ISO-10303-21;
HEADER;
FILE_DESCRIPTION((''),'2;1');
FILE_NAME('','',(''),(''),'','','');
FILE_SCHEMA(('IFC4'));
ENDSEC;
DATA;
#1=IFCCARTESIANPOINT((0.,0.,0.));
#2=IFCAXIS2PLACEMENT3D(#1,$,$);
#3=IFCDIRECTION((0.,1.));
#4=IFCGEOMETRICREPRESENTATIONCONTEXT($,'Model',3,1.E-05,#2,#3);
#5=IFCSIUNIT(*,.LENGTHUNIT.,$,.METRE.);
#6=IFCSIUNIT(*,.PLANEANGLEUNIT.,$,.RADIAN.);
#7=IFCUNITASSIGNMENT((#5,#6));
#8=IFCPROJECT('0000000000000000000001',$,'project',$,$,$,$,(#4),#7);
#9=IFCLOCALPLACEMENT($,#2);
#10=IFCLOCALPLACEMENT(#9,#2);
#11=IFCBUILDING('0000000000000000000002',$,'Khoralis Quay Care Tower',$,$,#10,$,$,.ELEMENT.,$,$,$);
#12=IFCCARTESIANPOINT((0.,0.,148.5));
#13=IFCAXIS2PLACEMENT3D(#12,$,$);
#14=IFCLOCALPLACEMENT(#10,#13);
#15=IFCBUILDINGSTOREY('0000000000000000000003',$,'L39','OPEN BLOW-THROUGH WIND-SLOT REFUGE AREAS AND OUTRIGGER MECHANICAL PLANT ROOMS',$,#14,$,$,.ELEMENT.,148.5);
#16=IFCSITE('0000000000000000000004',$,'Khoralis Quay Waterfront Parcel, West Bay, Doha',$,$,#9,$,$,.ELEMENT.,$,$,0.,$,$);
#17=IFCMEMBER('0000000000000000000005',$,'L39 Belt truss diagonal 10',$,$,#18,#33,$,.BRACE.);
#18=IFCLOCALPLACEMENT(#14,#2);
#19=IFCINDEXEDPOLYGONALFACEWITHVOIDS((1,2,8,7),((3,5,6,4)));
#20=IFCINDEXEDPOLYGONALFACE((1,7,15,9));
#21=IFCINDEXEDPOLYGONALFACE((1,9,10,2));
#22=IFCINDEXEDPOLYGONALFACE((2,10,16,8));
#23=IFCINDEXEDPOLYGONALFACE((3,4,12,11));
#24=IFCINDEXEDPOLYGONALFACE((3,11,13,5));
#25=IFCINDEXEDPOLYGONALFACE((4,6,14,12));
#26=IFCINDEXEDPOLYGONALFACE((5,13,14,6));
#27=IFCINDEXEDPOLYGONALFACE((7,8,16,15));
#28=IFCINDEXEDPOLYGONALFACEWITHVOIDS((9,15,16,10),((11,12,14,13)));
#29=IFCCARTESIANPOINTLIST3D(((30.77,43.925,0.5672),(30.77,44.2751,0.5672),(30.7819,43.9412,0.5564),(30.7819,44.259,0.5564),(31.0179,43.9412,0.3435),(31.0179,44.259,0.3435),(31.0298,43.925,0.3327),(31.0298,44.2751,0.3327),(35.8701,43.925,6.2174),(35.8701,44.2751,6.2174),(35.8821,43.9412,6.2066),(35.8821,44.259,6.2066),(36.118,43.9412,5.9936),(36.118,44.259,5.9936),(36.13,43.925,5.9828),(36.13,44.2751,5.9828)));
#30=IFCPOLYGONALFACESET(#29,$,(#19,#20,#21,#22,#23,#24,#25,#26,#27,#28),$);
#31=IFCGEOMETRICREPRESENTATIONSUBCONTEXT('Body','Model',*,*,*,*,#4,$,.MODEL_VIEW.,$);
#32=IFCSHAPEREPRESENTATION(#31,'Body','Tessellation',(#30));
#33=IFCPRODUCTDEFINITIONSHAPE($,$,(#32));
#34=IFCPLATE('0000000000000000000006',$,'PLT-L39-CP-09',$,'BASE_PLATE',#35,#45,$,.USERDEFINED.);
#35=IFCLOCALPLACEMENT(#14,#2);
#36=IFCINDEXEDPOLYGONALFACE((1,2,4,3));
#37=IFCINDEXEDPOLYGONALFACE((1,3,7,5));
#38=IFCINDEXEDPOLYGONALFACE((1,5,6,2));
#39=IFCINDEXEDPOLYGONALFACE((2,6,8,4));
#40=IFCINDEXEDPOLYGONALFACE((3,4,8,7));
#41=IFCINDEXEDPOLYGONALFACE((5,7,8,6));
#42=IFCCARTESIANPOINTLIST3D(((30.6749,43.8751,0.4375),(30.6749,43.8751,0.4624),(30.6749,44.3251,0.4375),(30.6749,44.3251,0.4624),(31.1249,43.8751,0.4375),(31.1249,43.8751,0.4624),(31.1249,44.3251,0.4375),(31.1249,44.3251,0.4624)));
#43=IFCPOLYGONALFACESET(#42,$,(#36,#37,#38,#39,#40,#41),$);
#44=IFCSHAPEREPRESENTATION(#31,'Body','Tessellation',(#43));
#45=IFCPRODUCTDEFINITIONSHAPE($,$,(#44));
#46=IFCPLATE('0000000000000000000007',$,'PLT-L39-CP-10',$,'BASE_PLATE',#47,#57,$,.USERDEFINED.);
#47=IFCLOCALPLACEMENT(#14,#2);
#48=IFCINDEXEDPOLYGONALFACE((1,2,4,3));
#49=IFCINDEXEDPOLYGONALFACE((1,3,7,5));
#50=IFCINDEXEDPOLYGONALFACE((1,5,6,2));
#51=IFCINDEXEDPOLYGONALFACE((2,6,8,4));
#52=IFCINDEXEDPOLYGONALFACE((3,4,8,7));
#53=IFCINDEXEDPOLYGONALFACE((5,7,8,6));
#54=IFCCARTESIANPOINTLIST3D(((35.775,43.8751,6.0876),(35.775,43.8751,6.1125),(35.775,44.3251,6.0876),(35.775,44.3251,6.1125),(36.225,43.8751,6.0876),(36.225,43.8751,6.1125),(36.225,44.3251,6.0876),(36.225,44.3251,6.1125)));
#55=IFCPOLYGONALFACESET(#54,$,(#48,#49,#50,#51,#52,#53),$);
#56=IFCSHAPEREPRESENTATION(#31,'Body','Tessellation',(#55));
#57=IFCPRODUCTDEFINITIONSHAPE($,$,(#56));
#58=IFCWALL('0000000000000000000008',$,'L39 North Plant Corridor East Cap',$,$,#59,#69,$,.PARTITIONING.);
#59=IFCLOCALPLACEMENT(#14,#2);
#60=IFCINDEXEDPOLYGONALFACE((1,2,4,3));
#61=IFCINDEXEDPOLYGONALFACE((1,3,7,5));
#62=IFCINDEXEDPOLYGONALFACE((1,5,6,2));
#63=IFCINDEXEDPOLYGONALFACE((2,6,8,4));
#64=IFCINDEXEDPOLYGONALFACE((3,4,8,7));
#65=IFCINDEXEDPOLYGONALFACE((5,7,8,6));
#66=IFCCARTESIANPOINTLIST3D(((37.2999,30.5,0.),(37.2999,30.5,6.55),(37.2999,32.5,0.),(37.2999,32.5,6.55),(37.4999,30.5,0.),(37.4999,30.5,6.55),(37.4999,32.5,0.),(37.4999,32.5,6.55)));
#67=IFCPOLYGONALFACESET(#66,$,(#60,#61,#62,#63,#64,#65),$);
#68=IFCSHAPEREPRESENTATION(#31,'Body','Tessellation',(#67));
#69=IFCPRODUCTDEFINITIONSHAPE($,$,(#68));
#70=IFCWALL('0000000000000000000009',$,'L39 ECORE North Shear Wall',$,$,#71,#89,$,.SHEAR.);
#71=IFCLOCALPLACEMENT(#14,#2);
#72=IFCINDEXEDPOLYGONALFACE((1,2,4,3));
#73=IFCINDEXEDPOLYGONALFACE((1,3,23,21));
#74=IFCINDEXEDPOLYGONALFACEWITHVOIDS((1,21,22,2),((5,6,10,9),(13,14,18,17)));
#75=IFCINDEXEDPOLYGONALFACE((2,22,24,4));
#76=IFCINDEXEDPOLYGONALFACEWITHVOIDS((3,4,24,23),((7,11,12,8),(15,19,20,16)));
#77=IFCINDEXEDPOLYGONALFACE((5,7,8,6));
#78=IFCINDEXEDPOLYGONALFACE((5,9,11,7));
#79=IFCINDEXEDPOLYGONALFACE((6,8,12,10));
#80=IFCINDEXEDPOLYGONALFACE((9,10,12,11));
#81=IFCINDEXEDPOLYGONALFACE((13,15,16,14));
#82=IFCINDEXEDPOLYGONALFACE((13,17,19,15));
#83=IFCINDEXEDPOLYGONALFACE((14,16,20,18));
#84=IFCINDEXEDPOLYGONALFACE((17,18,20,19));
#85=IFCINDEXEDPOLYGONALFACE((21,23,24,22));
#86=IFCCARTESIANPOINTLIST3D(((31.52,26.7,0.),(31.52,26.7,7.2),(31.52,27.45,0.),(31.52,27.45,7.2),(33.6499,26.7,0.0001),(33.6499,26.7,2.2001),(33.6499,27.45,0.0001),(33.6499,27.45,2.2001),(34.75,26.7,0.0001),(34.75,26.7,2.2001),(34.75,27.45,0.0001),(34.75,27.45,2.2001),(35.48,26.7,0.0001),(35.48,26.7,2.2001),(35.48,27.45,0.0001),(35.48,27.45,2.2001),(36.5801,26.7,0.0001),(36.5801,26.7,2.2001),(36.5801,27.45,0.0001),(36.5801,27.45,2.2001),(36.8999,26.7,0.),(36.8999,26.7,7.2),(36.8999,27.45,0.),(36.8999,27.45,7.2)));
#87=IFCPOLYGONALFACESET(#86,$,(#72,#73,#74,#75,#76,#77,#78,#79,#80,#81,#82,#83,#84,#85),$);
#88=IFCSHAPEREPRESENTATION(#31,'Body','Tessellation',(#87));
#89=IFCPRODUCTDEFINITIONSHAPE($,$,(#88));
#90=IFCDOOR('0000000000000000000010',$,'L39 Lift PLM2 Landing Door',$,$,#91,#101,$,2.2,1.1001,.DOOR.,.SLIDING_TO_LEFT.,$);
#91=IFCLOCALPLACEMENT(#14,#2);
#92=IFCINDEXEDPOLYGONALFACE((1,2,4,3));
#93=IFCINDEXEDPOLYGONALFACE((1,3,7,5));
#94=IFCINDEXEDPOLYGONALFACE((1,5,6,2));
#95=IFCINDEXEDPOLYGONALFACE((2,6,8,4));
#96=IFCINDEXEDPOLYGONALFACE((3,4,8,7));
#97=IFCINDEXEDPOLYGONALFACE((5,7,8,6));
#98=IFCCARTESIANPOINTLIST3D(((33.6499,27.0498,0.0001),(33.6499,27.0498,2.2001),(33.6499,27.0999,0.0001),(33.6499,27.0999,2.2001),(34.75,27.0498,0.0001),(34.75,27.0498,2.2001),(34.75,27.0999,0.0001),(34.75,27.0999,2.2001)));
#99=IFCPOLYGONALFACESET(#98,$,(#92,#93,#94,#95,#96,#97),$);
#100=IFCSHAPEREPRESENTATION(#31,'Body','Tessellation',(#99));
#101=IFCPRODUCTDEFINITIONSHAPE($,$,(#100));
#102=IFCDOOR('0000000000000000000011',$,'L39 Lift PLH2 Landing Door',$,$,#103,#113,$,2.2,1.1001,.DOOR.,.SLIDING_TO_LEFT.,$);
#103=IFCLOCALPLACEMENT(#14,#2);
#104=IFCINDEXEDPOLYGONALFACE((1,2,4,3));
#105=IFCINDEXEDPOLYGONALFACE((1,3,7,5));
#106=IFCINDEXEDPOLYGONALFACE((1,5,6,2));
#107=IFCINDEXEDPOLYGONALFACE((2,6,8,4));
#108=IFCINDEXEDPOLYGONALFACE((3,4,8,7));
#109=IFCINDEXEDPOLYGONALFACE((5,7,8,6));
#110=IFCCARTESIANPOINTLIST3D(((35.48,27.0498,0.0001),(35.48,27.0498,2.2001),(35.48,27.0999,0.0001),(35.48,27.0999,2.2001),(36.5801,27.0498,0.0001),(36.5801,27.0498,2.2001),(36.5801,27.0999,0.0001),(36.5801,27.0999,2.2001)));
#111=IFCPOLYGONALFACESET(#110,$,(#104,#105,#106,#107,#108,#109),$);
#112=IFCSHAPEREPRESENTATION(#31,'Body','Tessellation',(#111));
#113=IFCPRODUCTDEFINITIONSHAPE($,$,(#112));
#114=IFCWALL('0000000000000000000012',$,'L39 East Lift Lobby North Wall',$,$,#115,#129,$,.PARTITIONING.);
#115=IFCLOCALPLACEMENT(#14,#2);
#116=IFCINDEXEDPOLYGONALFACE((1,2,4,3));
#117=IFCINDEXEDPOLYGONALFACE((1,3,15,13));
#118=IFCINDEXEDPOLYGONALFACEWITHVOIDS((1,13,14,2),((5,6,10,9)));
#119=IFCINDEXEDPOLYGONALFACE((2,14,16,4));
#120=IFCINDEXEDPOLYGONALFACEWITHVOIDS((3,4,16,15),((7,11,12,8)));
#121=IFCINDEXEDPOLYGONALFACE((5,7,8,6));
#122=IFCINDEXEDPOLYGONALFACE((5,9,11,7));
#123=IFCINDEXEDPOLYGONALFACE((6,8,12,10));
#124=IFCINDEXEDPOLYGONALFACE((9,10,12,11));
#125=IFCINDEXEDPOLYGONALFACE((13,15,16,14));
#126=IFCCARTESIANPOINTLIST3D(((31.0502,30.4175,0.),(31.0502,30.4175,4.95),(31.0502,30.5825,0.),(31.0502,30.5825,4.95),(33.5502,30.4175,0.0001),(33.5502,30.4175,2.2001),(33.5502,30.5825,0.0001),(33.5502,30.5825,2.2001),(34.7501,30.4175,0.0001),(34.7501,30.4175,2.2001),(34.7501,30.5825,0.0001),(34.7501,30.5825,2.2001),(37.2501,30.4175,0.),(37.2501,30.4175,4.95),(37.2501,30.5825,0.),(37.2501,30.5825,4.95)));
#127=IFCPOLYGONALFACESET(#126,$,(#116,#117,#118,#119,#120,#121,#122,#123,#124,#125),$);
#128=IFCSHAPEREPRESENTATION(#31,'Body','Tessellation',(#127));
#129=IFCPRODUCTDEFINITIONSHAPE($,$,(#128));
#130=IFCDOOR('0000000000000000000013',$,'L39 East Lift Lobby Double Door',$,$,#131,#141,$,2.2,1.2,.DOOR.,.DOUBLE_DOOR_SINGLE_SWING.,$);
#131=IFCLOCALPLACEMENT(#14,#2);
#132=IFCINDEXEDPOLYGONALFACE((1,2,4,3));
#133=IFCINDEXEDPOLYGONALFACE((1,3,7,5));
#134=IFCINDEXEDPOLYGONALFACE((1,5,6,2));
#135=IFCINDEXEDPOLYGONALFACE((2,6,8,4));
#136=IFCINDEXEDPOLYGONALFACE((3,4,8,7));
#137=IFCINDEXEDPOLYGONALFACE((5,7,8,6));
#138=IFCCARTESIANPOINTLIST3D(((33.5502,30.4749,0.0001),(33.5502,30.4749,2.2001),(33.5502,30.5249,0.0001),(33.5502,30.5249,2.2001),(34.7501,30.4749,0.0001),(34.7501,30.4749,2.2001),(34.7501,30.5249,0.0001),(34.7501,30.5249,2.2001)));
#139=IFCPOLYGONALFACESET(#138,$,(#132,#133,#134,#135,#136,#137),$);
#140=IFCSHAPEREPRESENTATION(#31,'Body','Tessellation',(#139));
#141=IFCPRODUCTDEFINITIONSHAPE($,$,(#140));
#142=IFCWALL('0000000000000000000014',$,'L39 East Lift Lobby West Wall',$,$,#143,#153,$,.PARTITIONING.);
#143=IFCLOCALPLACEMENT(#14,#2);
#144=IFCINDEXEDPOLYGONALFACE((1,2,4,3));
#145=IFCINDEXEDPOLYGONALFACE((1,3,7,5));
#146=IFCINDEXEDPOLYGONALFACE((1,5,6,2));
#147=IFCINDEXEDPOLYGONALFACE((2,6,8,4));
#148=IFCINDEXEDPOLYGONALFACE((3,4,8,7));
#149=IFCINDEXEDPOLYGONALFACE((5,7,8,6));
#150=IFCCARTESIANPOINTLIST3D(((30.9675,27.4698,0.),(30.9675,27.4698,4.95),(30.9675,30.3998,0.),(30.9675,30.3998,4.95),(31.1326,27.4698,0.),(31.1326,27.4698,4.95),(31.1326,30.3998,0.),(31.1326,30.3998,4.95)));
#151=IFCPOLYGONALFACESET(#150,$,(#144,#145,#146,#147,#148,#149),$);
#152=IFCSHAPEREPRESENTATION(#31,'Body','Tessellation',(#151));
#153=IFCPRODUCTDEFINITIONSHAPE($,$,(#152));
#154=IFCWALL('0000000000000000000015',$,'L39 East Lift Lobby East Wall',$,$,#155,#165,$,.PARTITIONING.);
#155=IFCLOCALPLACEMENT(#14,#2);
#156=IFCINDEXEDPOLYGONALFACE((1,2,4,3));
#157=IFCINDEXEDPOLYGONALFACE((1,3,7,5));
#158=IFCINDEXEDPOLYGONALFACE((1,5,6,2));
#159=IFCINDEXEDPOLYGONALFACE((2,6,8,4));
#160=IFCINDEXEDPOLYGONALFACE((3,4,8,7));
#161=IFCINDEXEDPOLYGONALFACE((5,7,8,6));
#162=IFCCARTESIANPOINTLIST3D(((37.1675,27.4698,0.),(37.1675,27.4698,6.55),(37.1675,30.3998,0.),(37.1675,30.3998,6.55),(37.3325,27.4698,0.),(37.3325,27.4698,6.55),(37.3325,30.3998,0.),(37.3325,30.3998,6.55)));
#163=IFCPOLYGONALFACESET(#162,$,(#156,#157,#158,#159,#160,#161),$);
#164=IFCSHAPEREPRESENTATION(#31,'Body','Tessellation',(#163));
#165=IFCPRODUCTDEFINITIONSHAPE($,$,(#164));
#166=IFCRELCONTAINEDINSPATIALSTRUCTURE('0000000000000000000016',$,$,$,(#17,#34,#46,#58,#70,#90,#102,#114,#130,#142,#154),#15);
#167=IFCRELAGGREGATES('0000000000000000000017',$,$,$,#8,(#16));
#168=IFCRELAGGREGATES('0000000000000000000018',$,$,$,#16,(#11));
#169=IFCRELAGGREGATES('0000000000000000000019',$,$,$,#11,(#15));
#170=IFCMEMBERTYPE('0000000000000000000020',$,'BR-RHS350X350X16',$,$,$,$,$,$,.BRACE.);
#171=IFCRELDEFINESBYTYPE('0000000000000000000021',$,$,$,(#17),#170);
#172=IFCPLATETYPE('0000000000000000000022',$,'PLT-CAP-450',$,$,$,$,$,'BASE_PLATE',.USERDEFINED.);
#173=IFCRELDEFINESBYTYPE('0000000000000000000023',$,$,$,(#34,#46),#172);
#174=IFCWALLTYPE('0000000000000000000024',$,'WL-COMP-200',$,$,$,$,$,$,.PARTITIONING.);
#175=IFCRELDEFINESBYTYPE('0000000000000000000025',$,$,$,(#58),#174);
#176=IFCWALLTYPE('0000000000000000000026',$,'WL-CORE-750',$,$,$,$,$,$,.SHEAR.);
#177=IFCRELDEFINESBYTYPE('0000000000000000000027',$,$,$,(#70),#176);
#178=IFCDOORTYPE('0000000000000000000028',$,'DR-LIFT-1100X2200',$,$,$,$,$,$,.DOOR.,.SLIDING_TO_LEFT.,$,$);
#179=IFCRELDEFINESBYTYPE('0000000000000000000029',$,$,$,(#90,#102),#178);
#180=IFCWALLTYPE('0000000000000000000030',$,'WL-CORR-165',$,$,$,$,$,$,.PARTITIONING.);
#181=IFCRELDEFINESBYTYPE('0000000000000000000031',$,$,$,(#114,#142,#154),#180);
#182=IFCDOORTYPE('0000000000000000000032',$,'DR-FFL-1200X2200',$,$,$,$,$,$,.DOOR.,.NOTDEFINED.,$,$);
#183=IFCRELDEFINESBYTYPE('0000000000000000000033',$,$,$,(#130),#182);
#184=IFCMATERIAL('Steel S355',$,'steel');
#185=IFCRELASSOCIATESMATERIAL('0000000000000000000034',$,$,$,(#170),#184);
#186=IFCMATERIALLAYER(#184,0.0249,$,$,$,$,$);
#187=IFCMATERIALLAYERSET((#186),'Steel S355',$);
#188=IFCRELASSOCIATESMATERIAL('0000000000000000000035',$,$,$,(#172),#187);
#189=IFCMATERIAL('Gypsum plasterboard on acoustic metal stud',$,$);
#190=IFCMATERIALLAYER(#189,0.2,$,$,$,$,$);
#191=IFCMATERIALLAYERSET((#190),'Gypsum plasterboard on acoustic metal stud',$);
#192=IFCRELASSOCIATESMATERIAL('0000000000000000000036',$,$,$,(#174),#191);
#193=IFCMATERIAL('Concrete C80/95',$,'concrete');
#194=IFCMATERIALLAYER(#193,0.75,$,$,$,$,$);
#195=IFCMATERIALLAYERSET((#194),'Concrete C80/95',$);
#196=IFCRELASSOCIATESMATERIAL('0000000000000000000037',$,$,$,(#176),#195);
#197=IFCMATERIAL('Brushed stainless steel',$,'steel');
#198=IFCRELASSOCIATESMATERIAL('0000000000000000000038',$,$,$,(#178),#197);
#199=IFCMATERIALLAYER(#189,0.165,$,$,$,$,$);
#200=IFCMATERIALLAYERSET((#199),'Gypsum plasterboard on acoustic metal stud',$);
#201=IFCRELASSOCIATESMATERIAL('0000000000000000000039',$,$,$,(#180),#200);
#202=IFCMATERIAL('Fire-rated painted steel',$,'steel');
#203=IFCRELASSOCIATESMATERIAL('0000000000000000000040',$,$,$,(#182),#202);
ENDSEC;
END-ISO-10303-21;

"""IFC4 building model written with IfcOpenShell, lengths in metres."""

from ifc_helpers import new_model, si_unit, direction, frame, frame_2d, origin, origin_2d, place, context, subcontext, project, spatial, rectangle, hollow_rectangle, extrude, source, transform, mapped, material, layer, layer_set, material_profile, profile_set, type_object, element, fill, save


model = new_model("IFC4")

# Units and contexts
model_context = context("Model", 3, precision=1e-05, world=origin(), true_north=direction((0.0, 1.0)))
body_context = subcontext(model_context, "Body", "Model", "MODEL_VIEW")
ifc_project = project(units=[si_unit("LENGTHUNIT", "METRE"), si_unit("PLANEANGLEUNIT", "RADIAN")], contexts=[model_context])

# Site, building, storey
site_placement = place(None, origin())
site = spatial("IfcSite", under=ifc_project, at=site_placement, Name="Khoralis Quay Waterfront Parcel, West Bay, Doha", CompositionType="ELEMENT", RefElevation=0.0)
building_placement = place(site_placement, origin())
building = spatial("IfcBuilding", under=site, at=building_placement, Name="Khoralis Quay Care Tower", CompositionType="ELEMENT")
storey_placement = place(building_placement, frame((0.0, 0.0, 148.5)))
storey = spatial("IfcBuildingStorey", under=building, at=storey_placement, Name="L39", Description="OPEN BLOW-THROUGH WIND-SLOT REFUGE AREAS AND OUTRIGGER MECHANICAL PLANT ROOMS", CompositionType="ELEMENT", Elevation=148.5)

# Shared definitions
ifc_material_1 = material(Name="Steel S355", Category="steel")
ifc_material_2 = material(Name="Concrete C80/95", Category="concrete")

# Member
ifc_material_profile_1 = material_profile(ifc_material_1, hollow_rectangle(XDim=0.3501, YDim=0.3501, WallThickness=0.0161, at=origin_2d()), Name="Steel S355")
ifc_profile_set_1 = profile_set([ifc_material_profile_1], Name="Steel S355")
member_type = type_object("IfcMemberType", Name="BR-RHS350X350X16", PredefinedType="BRACE", material=ifc_profile_set_1)
shared_shape_1 = source(origin(), body_context, "Body", "SweptSolid", [
    extrude(hollow_rectangle(XDim=0.3501, YDim=0.3501, WallThickness=0.0161, at=origin_2d()), origin(), (0.0, 0.0, 1.0), 7.6116),
])
member_placement = place(storey_placement, frame((30.8999, 44.1001, 0.45), z_axis=(0.67005, 0.0, 0.742316), x_axis=(0.0, 1.0, 0.0)))
element("IfcMember", 1, at=member_placement, inside=storey, type_object=member_type, Name="L39 Belt truss diagonal 10", PredefinedType="BRACE", context=body_context, shape_type="MappedRepresentation", body=[
    mapped(shared_shape_1, transform((0.0, 0.0, 0.0), scale=1.0)),
])

# Plates
ifc_layer_1 = layer(ifc_material_1, 0.0249)
ifc_layer_set_1 = layer_set([ifc_layer_1], Name="Steel S355")
plate_type = type_object("IfcPlateType", Name="PLT-CAP-450", ElementType="BASE_PLATE", PredefinedType="USERDEFINED", material=ifc_layer_set_1)
shared_shape_2 = source(origin(), body_context, "Body", "SweptSolid", [
    extrude(rectangle(XDim=0.45, YDim=0.45, at=origin_2d()), origin(), (0.0, 0.0, 1.0), 0.0249),
])
for number, where, z_axis, x_axis, name in (
    (2, (30.8999, 44.1001, 0.4375), (0.0, 0.0, 1.0), (1.0, 0.0, 0.0), "PLT-L39-CP-09"),
    (3, (36.0, 44.1001, 6.0876), (0.0, 0.0, 1.0), (1.0, 0.0, 0.0), "PLT-L39-CP-10"),
):
    element("IfcPlate", number, at=place(storey_placement, frame(where, z_axis=z_axis, x_axis=x_axis)), inside=storey, type_object=plate_type, Name=name, ObjectType="BASE_PLATE", PredefinedType="USERDEFINED", context=body_context, shape_type="MappedRepresentation", body=[
        mapped(shared_shape_2, transform((0.0, 0.0, 0.0), scale=1.0)),
    ])

# Wall
ifc_material_3 = material(Name="Gypsum plasterboard on acoustic metal stud")
ifc_layer_2 = layer(ifc_material_3, 0.2)
ifc_layer_set_2 = layer_set([ifc_layer_2], Name="Gypsum plasterboard on acoustic metal stud")
wall_type_1 = type_object("IfcWallType", Name="WL-COMP-200", PredefinedType="PARTITIONING", material=ifc_layer_set_2)
wall_1_placement = place(storey_placement, frame((37.3999, 30.5, 0.0), z_axis=(0.0, 0.0, 1.0), x_axis=(0.0, 1.0, 0.0)))
element("IfcWall", 4, at=wall_1_placement, inside=storey, type_object=wall_type_1, Name="L39 North Plant Corridor East Cap", PredefinedType="PARTITIONING", context=body_context, shape_type="SweptSolid", body=[
    extrude(rectangle(XDim=2.0, YDim=0.2, at=frame_2d((1.0, 0.0))), origin(), (0.0, 0.0, 1.0), 6.55),
])

# Wall, openings, doors
ifc_layer_3 = layer(ifc_material_2, 0.75)
ifc_layer_set_3 = layer_set([ifc_layer_3], Name="Concrete C80/95")
wall_type_2 = type_object("IfcWallType", Name="WL-CORE-750", PredefinedType="SHEAR", material=ifc_layer_set_3)
wall_2_placement = place(storey_placement, frame((31.52, 27.075, 0.0), z_axis=(0.0, 0.0, 1.0), x_axis=(1.0, 0.0, 0.0)))
wall_2 = element("IfcWall", 5, at=wall_2_placement, inside=storey, type_object=wall_type_2, Name="L39 ECORE North Shear Wall", PredefinedType="SHEAR", context=body_context, shape_type="SweptSolid", body=[
    extrude(rectangle(XDim=5.3799, YDim=0.75, at=frame_2d((2.6899, 0.0))), origin(), (0.0, 0.0, 1.0), 7.2),
])
opening_1_placement = place(wall_2_placement, frame((2.1299, 0.0, 0.0)))
opening_1 = element("IfcOpeningElement", 6, at=opening_1_placement, cuts=wall_2, PredefinedType="OPENING", context=body_context, shape_type="SweptSolid", body=[
    extrude(rectangle(XDim=1.1001, YDim=2.2, at=frame_2d((0.55, 1.1001))), frame((0.0, 0.385, 0.0), z_axis=(0.0, -1.0, 0.0), x_axis=(1.0, 0.0, 0.0)), (0.0, 0.0, 1.0), 0.77),
])
opening_2_placement = place(wall_2_placement, frame((3.96, 0.0, 0.0)))
opening_2 = element("IfcOpeningElement", 7, at=opening_2_placement, cuts=wall_2, PredefinedType="OPENING", context=body_context, shape_type="SweptSolid", body=[
    extrude(rectangle(XDim=1.1001, YDim=2.2, at=frame_2d((0.55, 1.1001))), frame((0.0, 0.385, 0.0), z_axis=(0.0, -1.0, 0.0), x_axis=(1.0, 0.0, 0.0)), (0.0, 0.0, 1.0), 0.77),
])
ifc_material_4 = material(Name="Brushed stainless steel", Category="steel")
door_type_1 = type_object("IfcDoorType", Name="DR-LIFT-1100X2200", OperationType="SLIDING_TO_LEFT", PredefinedType="DOOR", material=ifc_material_4)
shared_shape_3 = source(origin(), body_context, "Body", "SweptSolid", [
    extrude(rectangle(XDim=1.1001, YDim=2.2, at=frame_2d((0.55, 1.1001))), frame((0.0, 0.0249, 0.0), z_axis=(0.0, -1.0, 0.0), x_axis=(1.0, 0.0, 0.0)), (0.0, 0.0, 1.0), 0.05),
])
door_1_placement = place(opening_1_placement, origin())
door_1 = element("IfcDoor", 8, at=door_1_placement, inside=storey, type_object=door_type_1, Name="L39 Lift PLM2 Landing Door", OperationType="SLIDING_TO_LEFT", OverallHeight=2.2, OverallWidth=1.1001, PredefinedType="DOOR", context=body_context, shape_type="MappedRepresentation", body=[
    mapped(shared_shape_3, transform((0.0, 0.0, 0.0), scale=1.0)),
])
fill(opening_1, door_1)
door_2_placement = place(opening_2_placement, origin())
door_2 = element("IfcDoor", 9, at=door_2_placement, inside=storey, type_object=door_type_1, Name="L39 Lift PLH2 Landing Door", OperationType="SLIDING_TO_LEFT", OverallHeight=2.2, OverallWidth=1.1001, PredefinedType="DOOR", context=body_context, shape_type="MappedRepresentation", body=[
    mapped(shared_shape_3, transform((0.0, 0.0, 0.0), scale=1.0)),
])
fill(opening_2, door_2)

# Wall, opening, door
ifc_layer_4 = layer(ifc_material_3, 0.165)
ifc_layer_set_4 = layer_set([ifc_layer_4], Name="Gypsum plasterboard on acoustic metal stud")
wall_type_3 = type_object("IfcWallType", Name="WL-CORR-165", PredefinedType="PARTITIONING", material=ifc_layer_set_4)
wall_3_placement = place(storey_placement, frame((31.05, 30.5, 0.0), z_axis=(0.0, 0.0, 1.0), x_axis=(1.0, 0.0, 0.0)))
wall_3 = element("IfcWall", 10, at=wall_3_placement, inside=storey, type_object=wall_type_3, Name="L39 East Lift Lobby North Wall", PredefinedType="PARTITIONING", context=body_context, shape_type="SweptSolid", body=[
    extrude(rectangle(XDim=6.2, YDim=0.165, at=frame_2d((3.1001, 0.0))), origin(), (0.0, 0.0, 1.0), 4.95),
])
opening_3_placement = place(wall_3_placement, frame((2.5, 0.0, 0.0)))
opening_3 = element("IfcOpeningElement", 11, at=opening_3_placement, cuts=wall_3, PredefinedType="OPENING", context=body_context, shape_type="SweptSolid", body=[
    extrude(rectangle(XDim=1.2, YDim=2.2, at=frame_2d((0.6001, 1.1001))), frame((0.0, 0.0925, 0.0), z_axis=(0.0, -1.0, 0.0), x_axis=(1.0, 0.0, 0.0)), (0.0, 0.0, 1.0), 0.1851),
])
ifc_material_5 = material(Name="Fire-rated painted steel", Category="steel")
door_type_2 = type_object("IfcDoorType", Name="DR-FFL-1200X2200", OperationType="NOTDEFINED", PredefinedType="DOOR", material=ifc_material_5)
shared_shape_4 = source(origin(), body_context, "Body", "SweptSolid", [
    extrude(rectangle(XDim=1.2, YDim=2.2, at=frame_2d((0.6001, 1.1001))), frame((0.0, 0.0249, 0.0), z_axis=(0.0, -1.0, 0.0), x_axis=(1.0, 0.0, 0.0)), (0.0, 0.0, 1.0), 0.05),
])
door_3_placement = place(opening_3_placement, origin())
door_3 = element("IfcDoor", 12, at=door_3_placement, inside=storey, type_object=door_type_2, Name="L39 East Lift Lobby Double Door", OperationType="DOUBLE_DOOR_SINGLE_SWING", OverallHeight=2.2, OverallWidth=1.2, PredefinedType="DOOR", context=body_context, shape_type="MappedRepresentation", body=[
    mapped(shared_shape_4, transform((0.0, 0.0, 0.0), scale=1.0)),
])
fill(opening_3, door_3)

# Walls
wall_4_placement = place(storey_placement, frame((31.05, 27.47, 0.0), z_axis=(0.0, 0.0, 1.0), x_axis=(0.0, 1.0, 0.0)))
element("IfcWall", 13, at=wall_4_placement, inside=storey, type_object=wall_type_3, Name="L39 East Lift Lobby West Wall", PredefinedType="PARTITIONING", context=body_context, shape_type="SweptSolid", body=[
    extrude(rectangle(XDim=2.9299, YDim=0.165, at=frame_2d((1.4648, 0.0))), origin(), (0.0, 0.0, 1.0), 4.95),
])
wall_5_placement = place(storey_placement, frame((37.25, 27.47, 0.0), z_axis=(0.0, 0.0, 1.0), x_axis=(0.0, 1.0, 0.0)))
element("IfcWall", 14, at=wall_5_placement, inside=storey, type_object=wall_type_3, Name="L39 East Lift Lobby East Wall", PredefinedType="PARTITIONING", context=body_context, shape_type="SweptSolid", body=[
    extrude(rectangle(XDim=2.9299, YDim=0.165, at=frame_2d((1.4648, 0.0))), origin(), (0.0, 0.0, 1.0), 6.55),
])

save(model, "model.ifc")
